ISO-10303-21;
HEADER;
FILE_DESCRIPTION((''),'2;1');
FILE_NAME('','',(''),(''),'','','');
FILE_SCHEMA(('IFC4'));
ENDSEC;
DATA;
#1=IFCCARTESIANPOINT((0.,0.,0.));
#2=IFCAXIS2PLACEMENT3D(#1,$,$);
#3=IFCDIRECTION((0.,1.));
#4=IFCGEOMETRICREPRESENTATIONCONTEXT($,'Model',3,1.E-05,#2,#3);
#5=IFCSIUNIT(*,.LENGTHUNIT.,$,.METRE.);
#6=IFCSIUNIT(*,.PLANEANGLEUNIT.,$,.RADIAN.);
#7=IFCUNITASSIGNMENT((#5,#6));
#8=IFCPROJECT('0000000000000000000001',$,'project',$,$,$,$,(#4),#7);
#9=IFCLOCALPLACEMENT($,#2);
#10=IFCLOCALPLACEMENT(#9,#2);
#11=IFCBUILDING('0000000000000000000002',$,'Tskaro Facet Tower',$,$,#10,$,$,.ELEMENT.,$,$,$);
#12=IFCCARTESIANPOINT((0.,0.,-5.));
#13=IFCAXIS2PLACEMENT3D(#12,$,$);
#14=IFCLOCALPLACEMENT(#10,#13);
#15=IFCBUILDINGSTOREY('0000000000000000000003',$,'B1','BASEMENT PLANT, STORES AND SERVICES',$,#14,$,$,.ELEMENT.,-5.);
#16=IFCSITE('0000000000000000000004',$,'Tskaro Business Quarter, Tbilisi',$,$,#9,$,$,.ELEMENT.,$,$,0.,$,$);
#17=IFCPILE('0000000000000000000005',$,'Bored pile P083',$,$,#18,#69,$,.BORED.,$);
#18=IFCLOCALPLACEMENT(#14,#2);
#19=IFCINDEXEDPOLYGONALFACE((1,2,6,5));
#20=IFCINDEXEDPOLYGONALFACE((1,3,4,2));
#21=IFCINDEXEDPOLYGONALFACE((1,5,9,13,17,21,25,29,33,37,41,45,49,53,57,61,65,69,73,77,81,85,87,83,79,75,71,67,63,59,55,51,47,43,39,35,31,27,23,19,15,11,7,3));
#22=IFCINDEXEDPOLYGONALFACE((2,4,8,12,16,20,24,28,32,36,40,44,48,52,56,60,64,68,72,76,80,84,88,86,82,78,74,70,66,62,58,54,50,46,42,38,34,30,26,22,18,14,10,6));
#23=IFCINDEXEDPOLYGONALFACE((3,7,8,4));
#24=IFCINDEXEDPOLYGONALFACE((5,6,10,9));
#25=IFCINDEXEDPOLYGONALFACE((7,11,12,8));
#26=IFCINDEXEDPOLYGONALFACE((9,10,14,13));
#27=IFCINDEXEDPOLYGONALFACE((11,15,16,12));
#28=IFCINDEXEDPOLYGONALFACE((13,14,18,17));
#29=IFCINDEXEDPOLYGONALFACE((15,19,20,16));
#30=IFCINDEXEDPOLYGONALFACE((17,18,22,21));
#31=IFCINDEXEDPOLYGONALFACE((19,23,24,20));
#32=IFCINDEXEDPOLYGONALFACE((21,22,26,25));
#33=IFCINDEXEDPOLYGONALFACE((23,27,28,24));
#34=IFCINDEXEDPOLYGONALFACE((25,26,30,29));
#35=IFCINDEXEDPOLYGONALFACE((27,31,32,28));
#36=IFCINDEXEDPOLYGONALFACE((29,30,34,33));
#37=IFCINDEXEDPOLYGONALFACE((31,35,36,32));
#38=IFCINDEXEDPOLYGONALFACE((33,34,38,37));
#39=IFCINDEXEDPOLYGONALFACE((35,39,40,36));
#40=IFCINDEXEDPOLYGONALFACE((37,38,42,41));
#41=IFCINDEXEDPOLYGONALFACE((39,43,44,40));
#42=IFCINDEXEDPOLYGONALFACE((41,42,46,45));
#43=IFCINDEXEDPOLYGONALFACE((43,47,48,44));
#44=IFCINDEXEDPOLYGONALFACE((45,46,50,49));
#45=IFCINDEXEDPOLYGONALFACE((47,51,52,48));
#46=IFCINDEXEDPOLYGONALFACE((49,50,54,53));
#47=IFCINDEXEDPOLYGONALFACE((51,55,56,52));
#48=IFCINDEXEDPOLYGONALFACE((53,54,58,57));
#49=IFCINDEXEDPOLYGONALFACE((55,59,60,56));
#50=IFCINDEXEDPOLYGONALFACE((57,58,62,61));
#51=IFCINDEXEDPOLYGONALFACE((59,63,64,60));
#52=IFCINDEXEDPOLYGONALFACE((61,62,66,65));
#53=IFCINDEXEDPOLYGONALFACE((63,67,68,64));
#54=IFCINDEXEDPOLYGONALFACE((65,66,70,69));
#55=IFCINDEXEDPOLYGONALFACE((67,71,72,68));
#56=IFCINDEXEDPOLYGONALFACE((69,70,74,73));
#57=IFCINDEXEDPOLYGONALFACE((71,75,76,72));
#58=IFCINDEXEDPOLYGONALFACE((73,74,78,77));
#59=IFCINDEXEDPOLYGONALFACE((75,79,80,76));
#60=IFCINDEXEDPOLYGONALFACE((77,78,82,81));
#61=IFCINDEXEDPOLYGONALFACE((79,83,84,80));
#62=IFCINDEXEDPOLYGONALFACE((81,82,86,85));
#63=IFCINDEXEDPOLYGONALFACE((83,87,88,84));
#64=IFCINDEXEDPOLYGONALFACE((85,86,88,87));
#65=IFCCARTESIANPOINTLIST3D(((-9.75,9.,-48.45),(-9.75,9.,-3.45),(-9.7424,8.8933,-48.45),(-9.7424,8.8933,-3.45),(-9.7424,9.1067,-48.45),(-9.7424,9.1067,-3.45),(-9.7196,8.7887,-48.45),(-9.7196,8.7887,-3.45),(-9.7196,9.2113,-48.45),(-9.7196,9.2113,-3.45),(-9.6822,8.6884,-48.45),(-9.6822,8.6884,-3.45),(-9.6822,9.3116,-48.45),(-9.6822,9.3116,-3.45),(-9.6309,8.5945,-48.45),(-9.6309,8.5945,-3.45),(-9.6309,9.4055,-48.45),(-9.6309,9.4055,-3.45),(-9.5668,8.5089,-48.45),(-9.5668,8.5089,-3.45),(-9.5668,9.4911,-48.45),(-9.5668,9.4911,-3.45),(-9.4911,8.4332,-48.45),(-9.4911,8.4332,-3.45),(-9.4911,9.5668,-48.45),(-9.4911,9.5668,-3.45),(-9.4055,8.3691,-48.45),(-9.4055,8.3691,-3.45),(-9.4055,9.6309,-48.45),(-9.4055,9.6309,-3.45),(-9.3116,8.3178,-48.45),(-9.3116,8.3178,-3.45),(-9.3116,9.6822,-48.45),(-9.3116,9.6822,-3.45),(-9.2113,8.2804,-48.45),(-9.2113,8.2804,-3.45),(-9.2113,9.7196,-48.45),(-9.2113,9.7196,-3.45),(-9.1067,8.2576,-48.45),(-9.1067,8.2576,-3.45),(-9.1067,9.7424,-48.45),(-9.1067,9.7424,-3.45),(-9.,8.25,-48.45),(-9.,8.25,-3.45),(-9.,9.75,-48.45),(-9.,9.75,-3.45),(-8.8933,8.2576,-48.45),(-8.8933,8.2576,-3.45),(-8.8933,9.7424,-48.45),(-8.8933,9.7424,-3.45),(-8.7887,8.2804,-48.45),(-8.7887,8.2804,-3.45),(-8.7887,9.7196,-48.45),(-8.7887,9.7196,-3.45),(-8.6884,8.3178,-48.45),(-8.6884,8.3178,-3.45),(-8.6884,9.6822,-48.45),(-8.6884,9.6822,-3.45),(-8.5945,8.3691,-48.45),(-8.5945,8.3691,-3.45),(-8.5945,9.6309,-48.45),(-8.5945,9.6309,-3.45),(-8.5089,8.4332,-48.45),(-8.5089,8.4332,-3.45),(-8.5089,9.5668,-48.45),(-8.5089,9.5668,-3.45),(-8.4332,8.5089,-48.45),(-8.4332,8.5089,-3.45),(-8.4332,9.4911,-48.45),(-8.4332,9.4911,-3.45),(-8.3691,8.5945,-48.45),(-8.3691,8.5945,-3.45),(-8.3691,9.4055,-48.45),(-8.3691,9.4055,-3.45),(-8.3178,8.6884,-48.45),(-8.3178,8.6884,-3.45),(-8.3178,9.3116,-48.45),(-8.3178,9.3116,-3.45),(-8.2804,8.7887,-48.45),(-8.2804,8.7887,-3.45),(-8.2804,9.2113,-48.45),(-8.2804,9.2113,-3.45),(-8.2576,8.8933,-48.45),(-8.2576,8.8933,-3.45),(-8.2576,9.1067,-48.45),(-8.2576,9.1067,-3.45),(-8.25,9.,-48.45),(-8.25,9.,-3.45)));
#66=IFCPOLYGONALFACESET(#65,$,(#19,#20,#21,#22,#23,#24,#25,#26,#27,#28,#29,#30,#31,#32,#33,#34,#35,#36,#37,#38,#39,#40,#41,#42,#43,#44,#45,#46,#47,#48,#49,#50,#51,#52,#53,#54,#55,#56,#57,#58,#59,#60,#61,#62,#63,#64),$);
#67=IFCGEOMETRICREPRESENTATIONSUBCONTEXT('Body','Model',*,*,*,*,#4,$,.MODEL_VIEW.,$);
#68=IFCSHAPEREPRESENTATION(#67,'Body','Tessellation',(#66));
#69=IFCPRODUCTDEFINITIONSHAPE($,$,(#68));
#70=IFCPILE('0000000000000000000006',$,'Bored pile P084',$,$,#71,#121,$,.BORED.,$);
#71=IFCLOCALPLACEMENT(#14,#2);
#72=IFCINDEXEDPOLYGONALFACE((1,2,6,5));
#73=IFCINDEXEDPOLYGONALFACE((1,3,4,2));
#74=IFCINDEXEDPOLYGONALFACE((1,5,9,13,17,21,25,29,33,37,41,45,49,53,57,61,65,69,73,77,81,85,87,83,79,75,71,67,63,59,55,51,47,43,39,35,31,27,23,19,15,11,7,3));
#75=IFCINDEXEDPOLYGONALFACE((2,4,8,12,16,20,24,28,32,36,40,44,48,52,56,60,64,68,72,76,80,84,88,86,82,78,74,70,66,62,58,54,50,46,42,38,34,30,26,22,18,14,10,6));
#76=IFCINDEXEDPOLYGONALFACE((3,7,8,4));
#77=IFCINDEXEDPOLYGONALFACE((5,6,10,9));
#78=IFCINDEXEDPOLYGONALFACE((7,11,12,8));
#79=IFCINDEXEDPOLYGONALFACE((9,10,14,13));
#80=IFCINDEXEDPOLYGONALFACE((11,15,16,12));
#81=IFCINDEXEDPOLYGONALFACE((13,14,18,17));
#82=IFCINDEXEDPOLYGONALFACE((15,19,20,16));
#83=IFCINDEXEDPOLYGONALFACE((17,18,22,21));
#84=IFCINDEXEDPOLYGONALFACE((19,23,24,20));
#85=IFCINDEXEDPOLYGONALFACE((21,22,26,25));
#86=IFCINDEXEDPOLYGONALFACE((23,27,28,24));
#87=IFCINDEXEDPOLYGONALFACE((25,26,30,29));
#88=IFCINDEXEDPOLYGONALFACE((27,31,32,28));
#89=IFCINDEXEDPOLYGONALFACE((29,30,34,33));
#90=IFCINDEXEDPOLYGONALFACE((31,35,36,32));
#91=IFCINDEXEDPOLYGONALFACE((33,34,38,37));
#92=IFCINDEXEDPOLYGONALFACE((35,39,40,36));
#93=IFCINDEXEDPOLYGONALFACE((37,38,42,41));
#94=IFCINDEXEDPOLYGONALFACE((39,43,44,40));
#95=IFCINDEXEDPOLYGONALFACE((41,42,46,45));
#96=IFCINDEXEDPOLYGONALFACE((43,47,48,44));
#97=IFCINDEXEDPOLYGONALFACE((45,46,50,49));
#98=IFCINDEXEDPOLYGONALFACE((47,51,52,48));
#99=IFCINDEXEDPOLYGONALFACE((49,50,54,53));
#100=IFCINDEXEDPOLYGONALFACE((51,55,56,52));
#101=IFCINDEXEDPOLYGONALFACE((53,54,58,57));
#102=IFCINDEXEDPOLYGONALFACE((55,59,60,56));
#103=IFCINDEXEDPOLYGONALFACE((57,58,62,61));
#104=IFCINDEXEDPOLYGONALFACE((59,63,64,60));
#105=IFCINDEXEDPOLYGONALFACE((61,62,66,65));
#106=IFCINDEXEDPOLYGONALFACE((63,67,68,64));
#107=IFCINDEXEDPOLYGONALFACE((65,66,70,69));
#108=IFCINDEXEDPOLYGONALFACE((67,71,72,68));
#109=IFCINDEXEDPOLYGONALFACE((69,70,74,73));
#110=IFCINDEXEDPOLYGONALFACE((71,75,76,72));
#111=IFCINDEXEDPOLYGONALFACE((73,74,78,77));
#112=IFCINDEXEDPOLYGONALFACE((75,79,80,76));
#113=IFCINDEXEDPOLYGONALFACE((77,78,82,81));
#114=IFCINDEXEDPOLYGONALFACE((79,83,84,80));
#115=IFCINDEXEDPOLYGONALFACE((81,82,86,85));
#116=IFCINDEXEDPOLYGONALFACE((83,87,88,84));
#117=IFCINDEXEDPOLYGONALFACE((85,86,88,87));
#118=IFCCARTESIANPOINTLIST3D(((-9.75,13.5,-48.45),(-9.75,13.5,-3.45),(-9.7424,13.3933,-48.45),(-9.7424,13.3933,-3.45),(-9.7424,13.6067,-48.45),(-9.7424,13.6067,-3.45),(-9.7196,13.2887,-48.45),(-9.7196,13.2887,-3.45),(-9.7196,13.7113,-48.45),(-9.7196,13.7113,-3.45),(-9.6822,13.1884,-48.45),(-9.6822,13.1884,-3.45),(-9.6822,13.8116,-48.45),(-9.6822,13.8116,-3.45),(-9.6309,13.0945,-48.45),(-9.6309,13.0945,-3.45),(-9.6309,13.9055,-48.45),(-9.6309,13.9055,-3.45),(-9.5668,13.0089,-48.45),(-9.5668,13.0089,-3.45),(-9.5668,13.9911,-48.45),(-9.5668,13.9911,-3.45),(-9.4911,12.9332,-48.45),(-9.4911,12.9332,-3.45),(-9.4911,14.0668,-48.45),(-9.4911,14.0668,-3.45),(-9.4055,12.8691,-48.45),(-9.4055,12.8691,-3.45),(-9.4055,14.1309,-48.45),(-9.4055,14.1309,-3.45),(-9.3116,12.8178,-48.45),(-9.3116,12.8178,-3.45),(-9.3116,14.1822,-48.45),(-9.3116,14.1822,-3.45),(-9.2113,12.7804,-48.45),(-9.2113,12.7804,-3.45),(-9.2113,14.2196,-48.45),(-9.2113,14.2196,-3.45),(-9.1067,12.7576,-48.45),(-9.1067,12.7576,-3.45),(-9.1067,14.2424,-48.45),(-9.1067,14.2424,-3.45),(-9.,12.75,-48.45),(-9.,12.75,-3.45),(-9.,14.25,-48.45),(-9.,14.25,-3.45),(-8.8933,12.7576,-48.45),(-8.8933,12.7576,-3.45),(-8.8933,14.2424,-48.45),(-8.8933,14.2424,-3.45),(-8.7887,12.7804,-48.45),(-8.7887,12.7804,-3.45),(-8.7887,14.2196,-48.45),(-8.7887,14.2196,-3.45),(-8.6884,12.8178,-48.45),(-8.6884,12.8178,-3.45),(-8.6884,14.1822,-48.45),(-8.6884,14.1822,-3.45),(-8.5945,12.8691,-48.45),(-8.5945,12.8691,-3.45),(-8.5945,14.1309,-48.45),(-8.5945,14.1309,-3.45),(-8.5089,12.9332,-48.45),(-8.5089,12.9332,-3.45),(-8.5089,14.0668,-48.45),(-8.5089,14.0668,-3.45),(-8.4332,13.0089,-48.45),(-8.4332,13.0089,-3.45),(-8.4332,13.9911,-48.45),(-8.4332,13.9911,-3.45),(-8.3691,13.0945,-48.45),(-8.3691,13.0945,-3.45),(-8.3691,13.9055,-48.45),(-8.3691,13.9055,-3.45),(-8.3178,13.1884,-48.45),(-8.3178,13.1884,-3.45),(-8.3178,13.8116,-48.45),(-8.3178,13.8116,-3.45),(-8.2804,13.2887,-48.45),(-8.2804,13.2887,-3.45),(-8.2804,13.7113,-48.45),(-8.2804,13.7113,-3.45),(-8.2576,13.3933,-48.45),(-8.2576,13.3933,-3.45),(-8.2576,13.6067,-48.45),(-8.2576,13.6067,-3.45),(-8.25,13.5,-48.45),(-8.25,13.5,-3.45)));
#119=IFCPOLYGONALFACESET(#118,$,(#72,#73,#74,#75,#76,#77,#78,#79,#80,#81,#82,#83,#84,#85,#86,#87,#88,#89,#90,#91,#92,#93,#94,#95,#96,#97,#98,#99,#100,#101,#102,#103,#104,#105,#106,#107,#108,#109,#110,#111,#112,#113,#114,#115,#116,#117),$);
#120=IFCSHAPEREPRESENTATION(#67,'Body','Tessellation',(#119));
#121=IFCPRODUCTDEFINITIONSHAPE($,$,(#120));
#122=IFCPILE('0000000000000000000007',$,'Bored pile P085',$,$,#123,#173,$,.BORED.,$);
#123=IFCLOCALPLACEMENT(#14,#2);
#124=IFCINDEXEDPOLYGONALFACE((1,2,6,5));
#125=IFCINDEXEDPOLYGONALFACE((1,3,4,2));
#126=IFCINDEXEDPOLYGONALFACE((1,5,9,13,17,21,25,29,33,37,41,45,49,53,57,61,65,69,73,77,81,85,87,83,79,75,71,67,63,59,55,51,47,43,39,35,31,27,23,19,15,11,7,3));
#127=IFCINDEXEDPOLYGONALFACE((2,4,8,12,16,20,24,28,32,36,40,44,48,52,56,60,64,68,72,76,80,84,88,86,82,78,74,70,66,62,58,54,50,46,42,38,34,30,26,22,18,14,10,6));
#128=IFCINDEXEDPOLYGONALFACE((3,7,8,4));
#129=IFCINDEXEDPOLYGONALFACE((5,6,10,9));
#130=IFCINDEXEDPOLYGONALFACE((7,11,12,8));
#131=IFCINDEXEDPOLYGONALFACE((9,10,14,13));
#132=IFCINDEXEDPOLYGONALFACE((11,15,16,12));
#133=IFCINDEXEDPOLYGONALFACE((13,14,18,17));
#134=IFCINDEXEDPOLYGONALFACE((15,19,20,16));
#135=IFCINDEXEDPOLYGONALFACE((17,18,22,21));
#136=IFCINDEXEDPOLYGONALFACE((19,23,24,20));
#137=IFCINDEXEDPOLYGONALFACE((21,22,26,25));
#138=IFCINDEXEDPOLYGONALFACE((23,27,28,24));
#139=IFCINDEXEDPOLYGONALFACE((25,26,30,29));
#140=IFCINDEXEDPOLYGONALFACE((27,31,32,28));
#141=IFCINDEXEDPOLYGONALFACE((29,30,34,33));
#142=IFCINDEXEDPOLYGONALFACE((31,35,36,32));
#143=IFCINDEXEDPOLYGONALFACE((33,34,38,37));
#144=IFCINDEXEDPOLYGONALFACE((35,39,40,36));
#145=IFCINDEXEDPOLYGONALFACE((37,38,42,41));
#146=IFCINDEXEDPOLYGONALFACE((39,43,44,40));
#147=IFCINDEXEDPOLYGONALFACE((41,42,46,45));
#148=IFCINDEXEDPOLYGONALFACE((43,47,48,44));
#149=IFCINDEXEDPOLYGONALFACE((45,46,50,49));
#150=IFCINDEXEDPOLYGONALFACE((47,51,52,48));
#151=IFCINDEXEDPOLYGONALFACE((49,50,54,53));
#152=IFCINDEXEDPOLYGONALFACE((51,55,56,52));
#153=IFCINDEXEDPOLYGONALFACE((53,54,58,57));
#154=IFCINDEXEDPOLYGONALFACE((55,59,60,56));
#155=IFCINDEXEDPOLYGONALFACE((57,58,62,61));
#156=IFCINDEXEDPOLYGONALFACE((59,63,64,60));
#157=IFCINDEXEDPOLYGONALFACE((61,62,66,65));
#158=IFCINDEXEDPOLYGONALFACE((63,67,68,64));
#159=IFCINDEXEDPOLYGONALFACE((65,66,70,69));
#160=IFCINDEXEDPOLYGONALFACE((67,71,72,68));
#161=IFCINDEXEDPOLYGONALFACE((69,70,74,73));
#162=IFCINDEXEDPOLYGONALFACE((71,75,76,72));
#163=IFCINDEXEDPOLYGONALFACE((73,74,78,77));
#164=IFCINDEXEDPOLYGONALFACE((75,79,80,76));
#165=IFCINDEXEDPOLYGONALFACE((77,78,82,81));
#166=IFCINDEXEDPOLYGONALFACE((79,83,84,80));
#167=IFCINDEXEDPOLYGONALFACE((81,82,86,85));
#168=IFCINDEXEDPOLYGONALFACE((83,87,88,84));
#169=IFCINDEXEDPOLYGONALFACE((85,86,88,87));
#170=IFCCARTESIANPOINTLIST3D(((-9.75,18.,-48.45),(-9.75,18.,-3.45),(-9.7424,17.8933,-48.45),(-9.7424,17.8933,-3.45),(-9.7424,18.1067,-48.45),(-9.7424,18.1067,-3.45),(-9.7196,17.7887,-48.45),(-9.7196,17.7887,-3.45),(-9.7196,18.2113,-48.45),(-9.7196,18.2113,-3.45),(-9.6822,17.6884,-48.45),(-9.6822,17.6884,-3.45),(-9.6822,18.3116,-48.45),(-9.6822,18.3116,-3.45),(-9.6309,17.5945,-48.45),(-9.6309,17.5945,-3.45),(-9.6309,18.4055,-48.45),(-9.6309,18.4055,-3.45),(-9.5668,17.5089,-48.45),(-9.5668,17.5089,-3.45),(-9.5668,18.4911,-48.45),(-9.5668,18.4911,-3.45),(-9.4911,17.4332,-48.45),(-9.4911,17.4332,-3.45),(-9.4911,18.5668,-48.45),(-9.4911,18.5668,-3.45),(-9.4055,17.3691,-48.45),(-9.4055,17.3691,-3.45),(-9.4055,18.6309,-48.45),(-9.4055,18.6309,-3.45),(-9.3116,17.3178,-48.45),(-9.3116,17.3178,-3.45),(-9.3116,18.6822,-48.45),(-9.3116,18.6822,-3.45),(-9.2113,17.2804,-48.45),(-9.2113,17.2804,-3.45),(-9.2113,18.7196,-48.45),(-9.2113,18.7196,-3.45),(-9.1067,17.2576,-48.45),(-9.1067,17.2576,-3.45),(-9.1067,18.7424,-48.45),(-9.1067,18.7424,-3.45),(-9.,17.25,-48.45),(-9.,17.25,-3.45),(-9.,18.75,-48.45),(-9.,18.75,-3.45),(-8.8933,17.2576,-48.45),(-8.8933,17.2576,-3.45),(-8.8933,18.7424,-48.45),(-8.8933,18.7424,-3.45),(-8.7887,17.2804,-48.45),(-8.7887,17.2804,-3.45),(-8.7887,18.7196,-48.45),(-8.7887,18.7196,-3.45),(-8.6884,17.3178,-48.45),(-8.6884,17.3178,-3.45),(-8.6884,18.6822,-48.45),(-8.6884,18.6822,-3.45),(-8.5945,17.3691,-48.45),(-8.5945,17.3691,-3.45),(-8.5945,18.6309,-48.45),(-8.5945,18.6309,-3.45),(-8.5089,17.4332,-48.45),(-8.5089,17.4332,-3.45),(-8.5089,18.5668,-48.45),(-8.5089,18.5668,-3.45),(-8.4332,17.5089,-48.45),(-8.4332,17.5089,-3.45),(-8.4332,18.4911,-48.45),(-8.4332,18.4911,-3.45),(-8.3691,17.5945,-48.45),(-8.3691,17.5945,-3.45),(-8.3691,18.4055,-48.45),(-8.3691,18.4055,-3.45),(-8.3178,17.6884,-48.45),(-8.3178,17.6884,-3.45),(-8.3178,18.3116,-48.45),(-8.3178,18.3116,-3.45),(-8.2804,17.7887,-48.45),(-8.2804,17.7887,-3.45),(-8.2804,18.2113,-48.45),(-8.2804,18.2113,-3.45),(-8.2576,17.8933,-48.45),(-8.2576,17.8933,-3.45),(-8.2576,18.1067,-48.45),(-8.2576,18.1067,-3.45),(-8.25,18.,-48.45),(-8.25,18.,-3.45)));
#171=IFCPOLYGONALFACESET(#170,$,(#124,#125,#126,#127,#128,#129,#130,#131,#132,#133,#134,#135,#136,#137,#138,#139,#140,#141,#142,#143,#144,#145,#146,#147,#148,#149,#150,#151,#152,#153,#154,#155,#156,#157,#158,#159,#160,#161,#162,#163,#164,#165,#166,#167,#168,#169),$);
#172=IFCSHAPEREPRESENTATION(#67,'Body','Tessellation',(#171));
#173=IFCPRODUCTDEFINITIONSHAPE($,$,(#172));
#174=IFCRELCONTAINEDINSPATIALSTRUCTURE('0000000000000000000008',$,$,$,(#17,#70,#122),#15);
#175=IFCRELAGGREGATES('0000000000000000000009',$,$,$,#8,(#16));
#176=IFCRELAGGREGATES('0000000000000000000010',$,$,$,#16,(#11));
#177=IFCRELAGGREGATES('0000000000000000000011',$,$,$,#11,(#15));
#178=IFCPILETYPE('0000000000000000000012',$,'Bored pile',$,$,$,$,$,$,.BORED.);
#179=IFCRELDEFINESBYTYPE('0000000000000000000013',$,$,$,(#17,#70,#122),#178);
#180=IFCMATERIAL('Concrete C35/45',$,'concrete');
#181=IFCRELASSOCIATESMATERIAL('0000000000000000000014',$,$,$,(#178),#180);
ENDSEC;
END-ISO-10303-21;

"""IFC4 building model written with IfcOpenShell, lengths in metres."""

from ifc_helpers import new_model, si_unit, direction, frame, origin, origin_2d, place, context, subcontext, project, spatial, circle, extrude, material, material_profile, profile_set, type_object, element, save


model = new_model("IFC4")

# Units and contexts
model_context = context("Model", 3, precision=1e-05, world=origin(), true_north=direction((0.0, 1.0)))
body_context = subcontext(model_context, "Body", "Model", "MODEL_VIEW")
ifc_project = project(units=[si_unit("LENGTHUNIT", "METRE"), si_unit("PLANEANGLEUNIT", "RADIAN")], contexts=[model_context])

# Site, building, storey
site_placement = place(None, origin())
site = spatial("IfcSite", under=ifc_project, at=site_placement, Name="Tskaro Business Quarter, Tbilisi", CompositionType="ELEMENT", RefElevation=0.0)
building_placement = place(site_placement, origin())
building = spatial("IfcBuilding", under=site, at=building_placement, Name="Tskaro Facet Tower", CompositionType="ELEMENT")
storey_placement = place(building_placement, frame((0.0, 0.0, -5.0)))
storey = spatial("IfcBuildingStorey", under=building, at=storey_placement, Name="B1", Description="BASEMENT PLANT, STORES AND SERVICES", CompositionType="ELEMENT", Elevation=-5.0)

# Piles
ifc_material_1 = material(Name="Concrete C35/45", Category="concrete")
ifc_material_profile_1 = material_profile(ifc_material_1, circle(Radius=0.75, at=origin_2d()), Name="Bored pile")
ifc_profile_set_1 = profile_set([ifc_material_profile_1], Name="Concrete C35/45")
pile_type = type_object("IfcPileType", Name="Bored pile", PredefinedType="BORED", material=ifc_profile_set_1)
for number, where, z_axis, x_axis, name in (
    (1, (-9.0, 9.0, -3.45), (0.0, 0.0, -1.0), (1.0, 0.0, 0.0), "Bored pile P083"),
    (2, (-9.0, 13.5, -3.45), (0.0, 0.0, -1.0), (1.0, 0.0, 0.0), "Bored pile P084"),
    (3, (-9.0, 18.0, -3.45), (0.0, 0.0, -1.0), (1.0, 0.0, 0.0), "Bored pile P085"),
):
    element("IfcPile", number, at=place(storey_placement, frame(where, z_axis=z_axis, x_axis=x_axis)), inside=storey, type_object=pile_type, Name=name, PredefinedType="BORED", context=body_context, shape_type="SweptSolid", body=[
        extrude(circle(Radius=0.75, at=origin_2d()), origin(), (0.0, 0.0, 1.0), 45.0),
    ])

save(model, "model.ifc")
